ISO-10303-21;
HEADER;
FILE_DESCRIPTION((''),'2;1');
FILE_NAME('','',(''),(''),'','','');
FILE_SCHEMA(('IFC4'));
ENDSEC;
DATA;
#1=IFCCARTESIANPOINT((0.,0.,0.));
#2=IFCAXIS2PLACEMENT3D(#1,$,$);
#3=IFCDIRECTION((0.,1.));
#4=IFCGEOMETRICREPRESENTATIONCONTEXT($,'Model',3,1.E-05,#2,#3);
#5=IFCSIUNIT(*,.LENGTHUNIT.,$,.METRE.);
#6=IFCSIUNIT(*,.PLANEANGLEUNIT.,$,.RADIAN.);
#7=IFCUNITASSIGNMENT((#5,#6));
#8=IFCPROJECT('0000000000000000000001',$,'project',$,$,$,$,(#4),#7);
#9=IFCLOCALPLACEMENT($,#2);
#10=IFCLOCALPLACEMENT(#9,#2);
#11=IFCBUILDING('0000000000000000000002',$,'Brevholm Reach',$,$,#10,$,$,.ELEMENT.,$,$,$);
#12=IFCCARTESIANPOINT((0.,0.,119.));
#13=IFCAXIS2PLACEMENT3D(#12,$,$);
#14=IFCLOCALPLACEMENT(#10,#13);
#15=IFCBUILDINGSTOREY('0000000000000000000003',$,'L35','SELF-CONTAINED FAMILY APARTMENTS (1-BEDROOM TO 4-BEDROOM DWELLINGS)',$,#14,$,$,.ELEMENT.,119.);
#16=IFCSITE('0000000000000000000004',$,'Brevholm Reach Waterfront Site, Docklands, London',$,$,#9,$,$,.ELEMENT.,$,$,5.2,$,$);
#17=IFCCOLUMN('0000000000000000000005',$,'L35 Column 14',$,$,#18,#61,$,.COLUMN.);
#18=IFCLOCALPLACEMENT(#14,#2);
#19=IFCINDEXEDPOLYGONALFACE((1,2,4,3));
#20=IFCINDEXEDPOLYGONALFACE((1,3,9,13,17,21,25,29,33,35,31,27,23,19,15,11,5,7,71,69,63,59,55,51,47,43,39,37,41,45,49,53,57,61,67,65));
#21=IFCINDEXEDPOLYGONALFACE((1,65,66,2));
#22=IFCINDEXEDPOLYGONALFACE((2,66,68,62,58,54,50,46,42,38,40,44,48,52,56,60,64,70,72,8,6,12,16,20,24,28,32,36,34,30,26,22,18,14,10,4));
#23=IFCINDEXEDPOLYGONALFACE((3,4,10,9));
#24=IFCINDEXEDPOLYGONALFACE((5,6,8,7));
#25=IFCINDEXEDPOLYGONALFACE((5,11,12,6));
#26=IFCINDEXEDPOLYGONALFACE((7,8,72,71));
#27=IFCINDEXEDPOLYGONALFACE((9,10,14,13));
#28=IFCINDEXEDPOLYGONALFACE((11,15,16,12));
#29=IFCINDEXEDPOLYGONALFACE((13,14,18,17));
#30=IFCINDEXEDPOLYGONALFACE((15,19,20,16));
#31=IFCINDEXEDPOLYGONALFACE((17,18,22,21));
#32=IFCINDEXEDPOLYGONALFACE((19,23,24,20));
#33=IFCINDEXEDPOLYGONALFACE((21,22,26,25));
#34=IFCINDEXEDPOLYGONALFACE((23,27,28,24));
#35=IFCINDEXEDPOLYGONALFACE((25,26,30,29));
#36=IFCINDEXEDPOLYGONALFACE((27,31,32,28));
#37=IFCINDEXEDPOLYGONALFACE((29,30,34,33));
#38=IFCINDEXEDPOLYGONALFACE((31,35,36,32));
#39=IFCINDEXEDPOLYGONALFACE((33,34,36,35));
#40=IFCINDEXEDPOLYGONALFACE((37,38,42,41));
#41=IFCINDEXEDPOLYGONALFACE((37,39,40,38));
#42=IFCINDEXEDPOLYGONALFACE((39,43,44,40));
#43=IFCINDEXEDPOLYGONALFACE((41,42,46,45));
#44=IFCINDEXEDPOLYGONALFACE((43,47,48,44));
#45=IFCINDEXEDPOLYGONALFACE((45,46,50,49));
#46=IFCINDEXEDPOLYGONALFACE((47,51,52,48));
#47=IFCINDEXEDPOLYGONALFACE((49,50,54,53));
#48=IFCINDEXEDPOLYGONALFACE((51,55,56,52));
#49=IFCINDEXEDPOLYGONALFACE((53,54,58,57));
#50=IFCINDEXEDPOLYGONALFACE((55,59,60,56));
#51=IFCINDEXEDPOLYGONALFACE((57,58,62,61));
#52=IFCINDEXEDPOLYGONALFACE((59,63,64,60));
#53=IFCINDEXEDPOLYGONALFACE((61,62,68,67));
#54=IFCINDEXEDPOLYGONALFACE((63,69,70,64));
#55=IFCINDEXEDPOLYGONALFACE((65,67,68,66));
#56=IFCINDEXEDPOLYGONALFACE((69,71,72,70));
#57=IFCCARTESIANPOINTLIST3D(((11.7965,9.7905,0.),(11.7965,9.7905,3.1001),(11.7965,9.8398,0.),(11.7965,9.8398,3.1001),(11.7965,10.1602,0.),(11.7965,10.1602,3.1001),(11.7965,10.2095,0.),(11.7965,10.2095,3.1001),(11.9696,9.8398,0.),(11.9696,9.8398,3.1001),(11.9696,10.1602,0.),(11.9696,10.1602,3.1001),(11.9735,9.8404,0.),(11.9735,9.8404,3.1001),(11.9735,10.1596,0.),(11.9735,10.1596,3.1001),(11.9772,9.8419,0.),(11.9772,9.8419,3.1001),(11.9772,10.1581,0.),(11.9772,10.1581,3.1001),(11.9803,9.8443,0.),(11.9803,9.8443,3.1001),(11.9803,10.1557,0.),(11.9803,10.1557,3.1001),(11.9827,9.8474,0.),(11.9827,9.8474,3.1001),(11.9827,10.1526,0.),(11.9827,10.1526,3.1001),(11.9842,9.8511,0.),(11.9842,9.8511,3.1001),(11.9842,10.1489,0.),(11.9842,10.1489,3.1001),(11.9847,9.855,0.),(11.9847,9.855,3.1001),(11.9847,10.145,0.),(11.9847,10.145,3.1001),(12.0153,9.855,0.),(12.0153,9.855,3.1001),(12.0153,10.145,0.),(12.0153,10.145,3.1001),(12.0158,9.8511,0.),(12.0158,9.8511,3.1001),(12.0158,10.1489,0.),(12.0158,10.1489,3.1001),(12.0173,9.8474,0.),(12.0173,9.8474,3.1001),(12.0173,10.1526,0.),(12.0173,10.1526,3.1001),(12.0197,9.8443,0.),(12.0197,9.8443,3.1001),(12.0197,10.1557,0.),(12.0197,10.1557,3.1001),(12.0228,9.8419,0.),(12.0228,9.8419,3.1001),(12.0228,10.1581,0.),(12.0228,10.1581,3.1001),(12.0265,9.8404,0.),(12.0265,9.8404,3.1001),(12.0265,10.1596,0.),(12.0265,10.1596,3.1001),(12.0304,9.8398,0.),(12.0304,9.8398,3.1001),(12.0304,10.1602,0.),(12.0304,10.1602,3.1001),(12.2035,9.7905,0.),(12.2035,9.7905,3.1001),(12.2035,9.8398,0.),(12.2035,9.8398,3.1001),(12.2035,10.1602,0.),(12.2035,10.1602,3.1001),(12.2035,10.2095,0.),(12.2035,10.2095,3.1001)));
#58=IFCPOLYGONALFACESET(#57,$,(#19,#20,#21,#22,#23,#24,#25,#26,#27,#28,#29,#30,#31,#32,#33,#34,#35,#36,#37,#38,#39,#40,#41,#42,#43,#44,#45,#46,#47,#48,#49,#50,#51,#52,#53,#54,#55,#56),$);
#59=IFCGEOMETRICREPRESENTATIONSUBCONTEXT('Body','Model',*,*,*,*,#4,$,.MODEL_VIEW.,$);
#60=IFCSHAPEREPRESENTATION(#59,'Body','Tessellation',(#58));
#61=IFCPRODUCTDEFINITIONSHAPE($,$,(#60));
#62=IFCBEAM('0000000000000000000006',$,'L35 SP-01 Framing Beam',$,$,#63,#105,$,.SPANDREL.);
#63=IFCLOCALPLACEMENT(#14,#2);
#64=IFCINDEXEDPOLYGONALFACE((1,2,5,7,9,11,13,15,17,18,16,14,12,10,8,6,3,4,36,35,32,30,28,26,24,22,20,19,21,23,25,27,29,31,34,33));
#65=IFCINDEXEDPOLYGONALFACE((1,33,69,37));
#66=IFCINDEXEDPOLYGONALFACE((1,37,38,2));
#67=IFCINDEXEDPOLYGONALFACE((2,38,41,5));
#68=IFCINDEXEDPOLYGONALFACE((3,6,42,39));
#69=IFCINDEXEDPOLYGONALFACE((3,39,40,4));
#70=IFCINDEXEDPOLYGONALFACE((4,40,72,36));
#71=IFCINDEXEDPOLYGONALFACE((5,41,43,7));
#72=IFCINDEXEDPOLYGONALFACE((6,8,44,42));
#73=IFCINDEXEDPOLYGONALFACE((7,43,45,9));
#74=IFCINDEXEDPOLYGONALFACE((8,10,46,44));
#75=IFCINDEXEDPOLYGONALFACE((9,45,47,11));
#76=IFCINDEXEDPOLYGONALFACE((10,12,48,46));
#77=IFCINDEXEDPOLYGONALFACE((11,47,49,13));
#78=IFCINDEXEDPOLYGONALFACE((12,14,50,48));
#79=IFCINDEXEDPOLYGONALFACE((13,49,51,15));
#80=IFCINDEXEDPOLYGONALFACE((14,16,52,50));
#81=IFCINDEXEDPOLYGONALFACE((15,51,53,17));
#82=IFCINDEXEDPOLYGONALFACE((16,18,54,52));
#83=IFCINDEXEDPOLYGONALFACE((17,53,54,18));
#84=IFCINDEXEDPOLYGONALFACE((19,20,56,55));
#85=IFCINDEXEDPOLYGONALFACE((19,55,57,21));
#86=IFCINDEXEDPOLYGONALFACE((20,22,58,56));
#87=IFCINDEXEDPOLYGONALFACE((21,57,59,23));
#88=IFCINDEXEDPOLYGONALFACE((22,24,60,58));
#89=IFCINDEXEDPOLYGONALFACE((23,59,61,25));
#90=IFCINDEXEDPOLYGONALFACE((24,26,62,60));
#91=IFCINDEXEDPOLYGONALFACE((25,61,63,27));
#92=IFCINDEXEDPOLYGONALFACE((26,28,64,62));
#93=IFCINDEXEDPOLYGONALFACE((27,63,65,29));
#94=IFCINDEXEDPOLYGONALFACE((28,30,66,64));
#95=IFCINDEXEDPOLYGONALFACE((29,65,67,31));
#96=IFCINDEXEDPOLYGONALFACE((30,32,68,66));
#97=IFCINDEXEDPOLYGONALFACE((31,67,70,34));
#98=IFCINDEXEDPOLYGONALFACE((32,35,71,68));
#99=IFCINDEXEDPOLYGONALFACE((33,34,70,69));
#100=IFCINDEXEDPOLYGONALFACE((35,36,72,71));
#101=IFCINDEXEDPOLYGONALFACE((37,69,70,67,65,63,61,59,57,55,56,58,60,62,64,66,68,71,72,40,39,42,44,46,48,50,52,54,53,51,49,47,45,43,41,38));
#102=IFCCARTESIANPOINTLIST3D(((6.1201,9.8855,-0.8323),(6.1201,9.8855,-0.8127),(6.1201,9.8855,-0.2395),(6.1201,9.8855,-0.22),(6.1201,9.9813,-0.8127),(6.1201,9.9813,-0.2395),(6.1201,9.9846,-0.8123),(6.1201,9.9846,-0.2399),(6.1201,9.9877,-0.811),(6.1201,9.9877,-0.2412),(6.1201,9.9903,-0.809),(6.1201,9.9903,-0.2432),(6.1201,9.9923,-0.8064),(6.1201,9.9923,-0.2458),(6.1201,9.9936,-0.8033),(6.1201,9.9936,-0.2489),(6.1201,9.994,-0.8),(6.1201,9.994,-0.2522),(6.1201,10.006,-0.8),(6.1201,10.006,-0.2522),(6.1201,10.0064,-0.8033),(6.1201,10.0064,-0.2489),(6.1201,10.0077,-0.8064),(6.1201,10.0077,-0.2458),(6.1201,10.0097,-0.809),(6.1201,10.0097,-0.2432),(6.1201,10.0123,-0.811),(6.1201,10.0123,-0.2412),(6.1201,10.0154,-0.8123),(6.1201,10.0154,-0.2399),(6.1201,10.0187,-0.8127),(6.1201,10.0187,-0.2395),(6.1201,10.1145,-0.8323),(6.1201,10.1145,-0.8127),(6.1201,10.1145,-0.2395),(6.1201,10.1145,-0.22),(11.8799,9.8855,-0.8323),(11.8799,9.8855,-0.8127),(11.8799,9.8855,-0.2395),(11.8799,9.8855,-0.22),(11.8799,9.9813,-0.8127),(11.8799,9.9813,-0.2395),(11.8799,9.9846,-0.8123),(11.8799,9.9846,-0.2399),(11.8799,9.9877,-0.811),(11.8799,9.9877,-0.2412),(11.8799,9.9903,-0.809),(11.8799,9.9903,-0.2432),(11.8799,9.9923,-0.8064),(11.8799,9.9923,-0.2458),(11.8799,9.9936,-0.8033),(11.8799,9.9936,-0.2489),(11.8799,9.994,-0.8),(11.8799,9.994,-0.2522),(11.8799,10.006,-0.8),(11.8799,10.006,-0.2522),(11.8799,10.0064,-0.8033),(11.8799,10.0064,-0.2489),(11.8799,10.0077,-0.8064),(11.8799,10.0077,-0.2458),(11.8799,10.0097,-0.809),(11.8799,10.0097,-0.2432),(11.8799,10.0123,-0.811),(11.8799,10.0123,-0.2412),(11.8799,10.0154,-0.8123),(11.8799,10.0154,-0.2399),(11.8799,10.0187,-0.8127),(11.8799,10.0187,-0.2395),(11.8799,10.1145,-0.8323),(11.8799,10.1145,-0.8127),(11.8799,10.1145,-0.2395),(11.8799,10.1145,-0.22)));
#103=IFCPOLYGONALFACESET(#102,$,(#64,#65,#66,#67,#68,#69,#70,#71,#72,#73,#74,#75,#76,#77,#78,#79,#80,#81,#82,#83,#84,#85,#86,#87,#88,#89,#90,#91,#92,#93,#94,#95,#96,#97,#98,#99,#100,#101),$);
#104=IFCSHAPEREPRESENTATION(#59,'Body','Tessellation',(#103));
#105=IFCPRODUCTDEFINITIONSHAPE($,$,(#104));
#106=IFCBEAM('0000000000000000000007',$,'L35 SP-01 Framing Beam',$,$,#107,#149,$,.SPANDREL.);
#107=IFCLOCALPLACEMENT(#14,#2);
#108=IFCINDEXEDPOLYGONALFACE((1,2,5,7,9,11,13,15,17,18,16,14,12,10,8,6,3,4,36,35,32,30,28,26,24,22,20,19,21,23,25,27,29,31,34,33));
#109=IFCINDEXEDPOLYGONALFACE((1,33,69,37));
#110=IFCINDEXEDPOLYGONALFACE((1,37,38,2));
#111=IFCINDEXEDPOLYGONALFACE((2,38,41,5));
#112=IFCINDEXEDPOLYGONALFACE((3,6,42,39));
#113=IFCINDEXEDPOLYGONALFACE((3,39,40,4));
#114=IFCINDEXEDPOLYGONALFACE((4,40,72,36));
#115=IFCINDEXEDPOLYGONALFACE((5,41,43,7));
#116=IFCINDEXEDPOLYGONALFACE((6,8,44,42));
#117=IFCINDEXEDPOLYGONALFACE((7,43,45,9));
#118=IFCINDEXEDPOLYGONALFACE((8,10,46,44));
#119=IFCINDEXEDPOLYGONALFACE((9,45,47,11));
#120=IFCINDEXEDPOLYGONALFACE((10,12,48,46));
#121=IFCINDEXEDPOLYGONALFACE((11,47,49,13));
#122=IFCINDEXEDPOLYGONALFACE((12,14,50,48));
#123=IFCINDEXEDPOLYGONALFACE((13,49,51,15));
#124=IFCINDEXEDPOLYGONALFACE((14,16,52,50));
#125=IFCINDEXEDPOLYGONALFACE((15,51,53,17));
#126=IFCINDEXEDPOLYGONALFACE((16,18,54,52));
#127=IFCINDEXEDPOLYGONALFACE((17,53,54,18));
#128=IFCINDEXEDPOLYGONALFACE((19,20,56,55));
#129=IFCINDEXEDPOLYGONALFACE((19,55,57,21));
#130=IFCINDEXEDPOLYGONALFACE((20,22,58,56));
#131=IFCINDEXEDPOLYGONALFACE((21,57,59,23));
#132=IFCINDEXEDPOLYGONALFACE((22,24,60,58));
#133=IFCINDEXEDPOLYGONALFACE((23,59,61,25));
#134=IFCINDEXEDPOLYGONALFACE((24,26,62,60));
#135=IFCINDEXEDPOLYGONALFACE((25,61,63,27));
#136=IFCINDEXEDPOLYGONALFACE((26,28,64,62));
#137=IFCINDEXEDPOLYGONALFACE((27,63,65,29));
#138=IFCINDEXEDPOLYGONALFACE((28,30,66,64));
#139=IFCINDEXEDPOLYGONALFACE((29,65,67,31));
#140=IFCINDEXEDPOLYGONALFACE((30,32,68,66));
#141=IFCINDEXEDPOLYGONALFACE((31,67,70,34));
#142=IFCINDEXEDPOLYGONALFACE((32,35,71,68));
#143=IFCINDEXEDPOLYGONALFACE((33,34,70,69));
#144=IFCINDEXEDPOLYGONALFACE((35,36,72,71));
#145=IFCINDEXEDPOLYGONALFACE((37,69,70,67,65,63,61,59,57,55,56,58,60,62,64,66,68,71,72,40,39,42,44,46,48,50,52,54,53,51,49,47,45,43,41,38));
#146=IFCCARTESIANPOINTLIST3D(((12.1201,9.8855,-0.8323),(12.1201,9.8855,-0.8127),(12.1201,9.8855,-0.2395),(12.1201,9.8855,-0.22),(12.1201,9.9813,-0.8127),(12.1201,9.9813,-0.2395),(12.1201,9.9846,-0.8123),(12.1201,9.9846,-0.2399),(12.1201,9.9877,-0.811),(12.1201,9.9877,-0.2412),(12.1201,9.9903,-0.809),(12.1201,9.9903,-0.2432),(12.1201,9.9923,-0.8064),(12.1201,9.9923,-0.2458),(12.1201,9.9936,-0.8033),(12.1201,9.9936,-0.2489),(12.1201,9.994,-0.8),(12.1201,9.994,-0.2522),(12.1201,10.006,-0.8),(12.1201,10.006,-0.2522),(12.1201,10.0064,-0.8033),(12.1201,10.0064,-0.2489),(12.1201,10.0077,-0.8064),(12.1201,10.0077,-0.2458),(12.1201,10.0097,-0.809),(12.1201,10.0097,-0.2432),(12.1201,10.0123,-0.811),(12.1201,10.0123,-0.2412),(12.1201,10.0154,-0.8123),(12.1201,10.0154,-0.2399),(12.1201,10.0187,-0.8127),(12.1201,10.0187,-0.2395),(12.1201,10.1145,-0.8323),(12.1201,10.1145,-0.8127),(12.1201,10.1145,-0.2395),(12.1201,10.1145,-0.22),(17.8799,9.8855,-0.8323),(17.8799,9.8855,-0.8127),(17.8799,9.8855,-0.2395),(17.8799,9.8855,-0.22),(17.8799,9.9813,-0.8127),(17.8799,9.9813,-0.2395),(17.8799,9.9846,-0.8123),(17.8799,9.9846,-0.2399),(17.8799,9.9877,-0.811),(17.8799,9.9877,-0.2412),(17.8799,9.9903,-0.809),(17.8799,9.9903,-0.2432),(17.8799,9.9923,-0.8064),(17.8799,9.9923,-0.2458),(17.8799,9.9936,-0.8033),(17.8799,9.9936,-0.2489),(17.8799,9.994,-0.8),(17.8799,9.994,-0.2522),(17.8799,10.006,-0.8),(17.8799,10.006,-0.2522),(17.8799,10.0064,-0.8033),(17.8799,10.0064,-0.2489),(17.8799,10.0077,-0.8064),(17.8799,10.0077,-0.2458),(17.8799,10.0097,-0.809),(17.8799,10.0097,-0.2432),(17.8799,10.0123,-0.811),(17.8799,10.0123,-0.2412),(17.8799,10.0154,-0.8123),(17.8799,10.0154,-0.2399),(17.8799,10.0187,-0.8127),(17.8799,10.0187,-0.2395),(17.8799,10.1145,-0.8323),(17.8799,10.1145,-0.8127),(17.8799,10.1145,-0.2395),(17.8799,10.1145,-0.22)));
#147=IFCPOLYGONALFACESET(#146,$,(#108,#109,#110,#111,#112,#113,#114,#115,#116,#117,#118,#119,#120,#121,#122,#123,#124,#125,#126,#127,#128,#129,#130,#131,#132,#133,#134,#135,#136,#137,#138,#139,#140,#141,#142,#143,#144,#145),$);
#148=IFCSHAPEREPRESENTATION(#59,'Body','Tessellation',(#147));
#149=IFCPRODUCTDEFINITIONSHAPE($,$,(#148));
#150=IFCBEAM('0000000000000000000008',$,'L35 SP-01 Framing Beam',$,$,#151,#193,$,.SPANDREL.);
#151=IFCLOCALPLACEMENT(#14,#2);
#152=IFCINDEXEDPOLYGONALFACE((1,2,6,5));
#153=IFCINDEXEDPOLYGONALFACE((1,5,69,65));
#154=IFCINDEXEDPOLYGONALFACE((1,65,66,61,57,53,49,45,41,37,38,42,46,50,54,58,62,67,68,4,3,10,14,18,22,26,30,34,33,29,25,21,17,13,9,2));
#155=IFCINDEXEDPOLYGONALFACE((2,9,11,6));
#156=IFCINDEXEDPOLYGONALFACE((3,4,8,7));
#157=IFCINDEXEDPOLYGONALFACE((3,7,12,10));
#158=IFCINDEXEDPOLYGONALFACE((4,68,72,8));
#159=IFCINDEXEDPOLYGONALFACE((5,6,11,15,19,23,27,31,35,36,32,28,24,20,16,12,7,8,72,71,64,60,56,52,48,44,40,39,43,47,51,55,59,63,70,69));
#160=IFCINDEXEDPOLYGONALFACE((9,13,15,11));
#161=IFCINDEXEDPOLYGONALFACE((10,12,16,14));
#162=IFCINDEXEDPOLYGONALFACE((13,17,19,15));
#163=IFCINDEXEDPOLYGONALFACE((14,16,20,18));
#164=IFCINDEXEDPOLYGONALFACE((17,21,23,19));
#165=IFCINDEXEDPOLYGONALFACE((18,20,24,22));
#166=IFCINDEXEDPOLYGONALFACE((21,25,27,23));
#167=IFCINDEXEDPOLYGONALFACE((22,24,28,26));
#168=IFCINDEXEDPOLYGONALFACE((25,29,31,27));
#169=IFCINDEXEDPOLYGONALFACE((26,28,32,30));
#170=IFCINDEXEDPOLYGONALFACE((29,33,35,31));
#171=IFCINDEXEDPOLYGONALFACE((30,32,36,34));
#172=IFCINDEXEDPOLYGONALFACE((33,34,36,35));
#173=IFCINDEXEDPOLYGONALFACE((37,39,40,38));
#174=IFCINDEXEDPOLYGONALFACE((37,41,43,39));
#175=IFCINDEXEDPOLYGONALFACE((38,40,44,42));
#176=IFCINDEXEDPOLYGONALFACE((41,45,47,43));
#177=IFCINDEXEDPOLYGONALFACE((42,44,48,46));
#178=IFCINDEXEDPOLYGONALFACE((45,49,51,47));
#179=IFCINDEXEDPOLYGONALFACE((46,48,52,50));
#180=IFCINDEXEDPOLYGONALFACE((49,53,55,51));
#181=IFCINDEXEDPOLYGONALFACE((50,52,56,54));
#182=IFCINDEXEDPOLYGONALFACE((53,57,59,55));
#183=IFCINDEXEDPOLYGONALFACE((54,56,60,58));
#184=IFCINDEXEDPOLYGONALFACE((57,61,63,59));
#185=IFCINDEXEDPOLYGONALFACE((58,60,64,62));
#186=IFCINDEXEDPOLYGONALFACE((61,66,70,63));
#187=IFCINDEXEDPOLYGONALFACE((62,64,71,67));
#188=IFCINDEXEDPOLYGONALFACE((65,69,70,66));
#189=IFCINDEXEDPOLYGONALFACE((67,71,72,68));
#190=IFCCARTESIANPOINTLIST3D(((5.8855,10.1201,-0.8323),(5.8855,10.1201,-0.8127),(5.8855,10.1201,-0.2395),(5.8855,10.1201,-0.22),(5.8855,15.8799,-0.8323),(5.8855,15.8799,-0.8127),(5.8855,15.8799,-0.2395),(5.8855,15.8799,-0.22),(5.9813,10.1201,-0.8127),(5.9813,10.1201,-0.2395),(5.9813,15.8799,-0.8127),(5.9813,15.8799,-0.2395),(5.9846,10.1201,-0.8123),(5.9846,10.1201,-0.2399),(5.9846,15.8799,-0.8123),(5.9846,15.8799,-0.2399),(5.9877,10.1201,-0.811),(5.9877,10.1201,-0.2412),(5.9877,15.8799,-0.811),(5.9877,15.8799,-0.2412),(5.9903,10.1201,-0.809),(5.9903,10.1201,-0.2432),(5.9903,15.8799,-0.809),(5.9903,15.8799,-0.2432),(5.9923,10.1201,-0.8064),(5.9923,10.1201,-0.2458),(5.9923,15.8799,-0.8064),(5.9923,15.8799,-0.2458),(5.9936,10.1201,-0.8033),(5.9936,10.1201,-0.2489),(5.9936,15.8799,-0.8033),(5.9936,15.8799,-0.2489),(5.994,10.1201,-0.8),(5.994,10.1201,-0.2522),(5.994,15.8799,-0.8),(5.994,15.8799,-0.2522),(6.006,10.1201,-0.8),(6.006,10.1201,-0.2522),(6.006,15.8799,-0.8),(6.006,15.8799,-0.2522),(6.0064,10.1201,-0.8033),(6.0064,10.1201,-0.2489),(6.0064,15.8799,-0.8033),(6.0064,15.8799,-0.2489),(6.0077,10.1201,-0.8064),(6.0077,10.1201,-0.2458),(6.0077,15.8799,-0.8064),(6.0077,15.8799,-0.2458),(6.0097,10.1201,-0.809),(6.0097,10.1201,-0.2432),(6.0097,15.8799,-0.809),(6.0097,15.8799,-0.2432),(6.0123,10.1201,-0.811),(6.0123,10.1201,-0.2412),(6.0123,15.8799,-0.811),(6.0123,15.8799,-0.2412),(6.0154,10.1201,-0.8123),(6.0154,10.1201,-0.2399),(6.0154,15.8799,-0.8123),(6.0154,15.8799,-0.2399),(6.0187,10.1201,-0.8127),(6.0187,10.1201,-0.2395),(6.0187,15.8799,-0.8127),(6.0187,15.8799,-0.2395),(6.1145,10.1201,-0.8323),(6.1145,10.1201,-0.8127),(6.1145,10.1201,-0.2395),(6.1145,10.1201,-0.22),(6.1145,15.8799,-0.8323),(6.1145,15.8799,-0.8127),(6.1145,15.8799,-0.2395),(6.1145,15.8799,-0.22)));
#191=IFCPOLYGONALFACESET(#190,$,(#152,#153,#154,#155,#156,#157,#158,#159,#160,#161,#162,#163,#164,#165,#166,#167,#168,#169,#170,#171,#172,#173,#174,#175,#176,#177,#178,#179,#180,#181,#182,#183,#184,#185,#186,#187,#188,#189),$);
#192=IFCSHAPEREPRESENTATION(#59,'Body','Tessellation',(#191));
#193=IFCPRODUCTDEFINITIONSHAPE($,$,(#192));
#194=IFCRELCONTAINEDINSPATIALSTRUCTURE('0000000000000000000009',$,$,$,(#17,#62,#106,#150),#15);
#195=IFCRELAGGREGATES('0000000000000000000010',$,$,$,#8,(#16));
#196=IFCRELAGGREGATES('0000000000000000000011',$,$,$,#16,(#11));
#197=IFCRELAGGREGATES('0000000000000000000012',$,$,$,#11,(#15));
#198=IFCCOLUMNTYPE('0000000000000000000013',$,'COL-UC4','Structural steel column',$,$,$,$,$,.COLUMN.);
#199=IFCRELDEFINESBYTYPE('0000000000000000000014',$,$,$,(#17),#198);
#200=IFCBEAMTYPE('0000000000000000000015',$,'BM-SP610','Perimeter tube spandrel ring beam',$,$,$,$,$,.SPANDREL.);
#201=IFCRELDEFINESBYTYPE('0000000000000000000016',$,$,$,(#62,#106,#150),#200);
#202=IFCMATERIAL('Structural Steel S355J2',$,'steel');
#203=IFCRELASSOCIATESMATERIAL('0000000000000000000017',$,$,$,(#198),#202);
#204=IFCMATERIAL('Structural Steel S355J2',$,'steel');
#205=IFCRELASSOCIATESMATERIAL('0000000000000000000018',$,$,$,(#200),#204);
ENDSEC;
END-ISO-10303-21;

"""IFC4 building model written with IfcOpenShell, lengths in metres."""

from ifc_helpers import new_model, si_unit, direction, frame, origin, origin_2d, place, context, subcontext, project, spatial, i_section, extrude, material, material_profile, profile_set, type_object, element, save


model = new_model("IFC4")

# Units and contexts
model_context = context("Model", 3, precision=1e-05, world=origin(), true_north=direction((0.0, 1.0)))
body_context = subcontext(model_context, "Body", "Model", "MODEL_VIEW")
ifc_project = project(units=[si_unit("LENGTHUNIT", "METRE"), si_unit("PLANEANGLEUNIT", "RADIAN")], contexts=[model_context])

# Site, building, storey
site_placement = place(None, origin())
site = spatial("IfcSite", under=ifc_project, at=site_placement, Name="Brevholm Reach Waterfront Site, Docklands, London", CompositionType="ELEMENT", RefElevation=5.2)
building_placement = place(site_placement, origin())
building = spatial("IfcBuilding", under=site, at=building_placement, Name="Brevholm Reach", CompositionType="ELEMENT")
storey_placement = place(building_placement, frame((0.0, 0.0, 119.0)))
storey = spatial("IfcBuildingStorey", under=building, at=storey_placement, Name="L35", Description="SELF-CONTAINED FAMILY APARTMENTS (1-BEDROOM TO 4-BEDROOM DWELLINGS)", CompositionType="ELEMENT", Elevation=119.0)

# Column
ifc_material_1 = material(Name="Structural Steel S355J2", Category="steel")
ifc_material_profile_1 = material_profile(ifc_material_1, i_section(OverallWidth=0.407, OverallDepth=0.4189, WebThickness=0.0305, FlangeThickness=0.0493, FilletRadius=0.0151, at=origin_2d()), Name="UKC 356x406x393")
ifc_profile_set_1 = profile_set([ifc_material_profile_1], Name="Structural Steel S355J2")
column_type = type_object("IfcColumnType", Name="COL-UC4", Description="Structural steel column", PredefinedType="COLUMN", material=ifc_profile_set_1)
column_placement = place(storey_placement, frame((12.0, 10.0, 0.0), z_axis=(0.0, 0.0, 1.0), x_axis=(1.0, 0.0, 0.0)))
element("IfcColumn", 1, at=column_placement, inside=storey, type_object=column_type, Name="L35 Column 14", PredefinedType="COLUMN", context=body_context, shape_type="SweptSolid", body=[
    extrude(i_section(OverallWidth=0.407, OverallDepth=0.4189, WebThickness=0.0305, FlangeThickness=0.0493, FilletRadius=0.0151, at=origin_2d()), origin(), (0.0, 0.0, 1.0), 3.1001),
])

# Beams
ifc_material_2 = material(Name="Structural Steel S355J2", Category="steel")
ifc_material_profile_2 = material_profile(ifc_material_2, i_section(OverallWidth=0.229, OverallDepth=0.6123, WebThickness=0.012, FlangeThickness=0.0195, FilletRadius=0.0127, at=origin_2d()), Name="UKB 610x229x125")
ifc_profile_set_2 = profile_set([ifc_material_profile_2], Name="Structural Steel S355J2")
beam_type = type_object("IfcBeamType", Name="BM-SP610", Description="Perimeter tube spandrel ring beam", PredefinedType="SPANDREL", material=ifc_profile_set_2)
for number, where, z_axis, x_axis, name in (
    (2, (6.1201, 10.0, -0.5261), (1.0, 0.0, 0.0), (0.0, 1.0, 0.0), "L35 SP-01 Framing Beam"),
    (3, (12.1201, 10.0, -0.5261), (1.0, 0.0, 0.0), (0.0, 1.0, 0.0), "L35 SP-01 Framing Beam"),
    (4, (6.0, 10.1201, -0.5261), (0.0, 1.0, 0.0), (-1.0, 0.0, 0.0), "L35 SP-01 Framing Beam"),
):
    element("IfcBeam", number, at=place(storey_placement, frame(where, z_axis=z_axis, x_axis=x_axis)), inside=storey, type_object=beam_type, Name=name, PredefinedType="SPANDREL", context=body_context, shape_type="SweptSolid", body=[
        extrude(i_section(OverallWidth=0.229, OverallDepth=0.6123, WebThickness=0.012, FlangeThickness=0.0195, FilletRadius=0.0127, at=origin_2d()), origin(), (0.0, 0.0, 1.0), 5.7598),
    ])

save(model, "model.ifc")
